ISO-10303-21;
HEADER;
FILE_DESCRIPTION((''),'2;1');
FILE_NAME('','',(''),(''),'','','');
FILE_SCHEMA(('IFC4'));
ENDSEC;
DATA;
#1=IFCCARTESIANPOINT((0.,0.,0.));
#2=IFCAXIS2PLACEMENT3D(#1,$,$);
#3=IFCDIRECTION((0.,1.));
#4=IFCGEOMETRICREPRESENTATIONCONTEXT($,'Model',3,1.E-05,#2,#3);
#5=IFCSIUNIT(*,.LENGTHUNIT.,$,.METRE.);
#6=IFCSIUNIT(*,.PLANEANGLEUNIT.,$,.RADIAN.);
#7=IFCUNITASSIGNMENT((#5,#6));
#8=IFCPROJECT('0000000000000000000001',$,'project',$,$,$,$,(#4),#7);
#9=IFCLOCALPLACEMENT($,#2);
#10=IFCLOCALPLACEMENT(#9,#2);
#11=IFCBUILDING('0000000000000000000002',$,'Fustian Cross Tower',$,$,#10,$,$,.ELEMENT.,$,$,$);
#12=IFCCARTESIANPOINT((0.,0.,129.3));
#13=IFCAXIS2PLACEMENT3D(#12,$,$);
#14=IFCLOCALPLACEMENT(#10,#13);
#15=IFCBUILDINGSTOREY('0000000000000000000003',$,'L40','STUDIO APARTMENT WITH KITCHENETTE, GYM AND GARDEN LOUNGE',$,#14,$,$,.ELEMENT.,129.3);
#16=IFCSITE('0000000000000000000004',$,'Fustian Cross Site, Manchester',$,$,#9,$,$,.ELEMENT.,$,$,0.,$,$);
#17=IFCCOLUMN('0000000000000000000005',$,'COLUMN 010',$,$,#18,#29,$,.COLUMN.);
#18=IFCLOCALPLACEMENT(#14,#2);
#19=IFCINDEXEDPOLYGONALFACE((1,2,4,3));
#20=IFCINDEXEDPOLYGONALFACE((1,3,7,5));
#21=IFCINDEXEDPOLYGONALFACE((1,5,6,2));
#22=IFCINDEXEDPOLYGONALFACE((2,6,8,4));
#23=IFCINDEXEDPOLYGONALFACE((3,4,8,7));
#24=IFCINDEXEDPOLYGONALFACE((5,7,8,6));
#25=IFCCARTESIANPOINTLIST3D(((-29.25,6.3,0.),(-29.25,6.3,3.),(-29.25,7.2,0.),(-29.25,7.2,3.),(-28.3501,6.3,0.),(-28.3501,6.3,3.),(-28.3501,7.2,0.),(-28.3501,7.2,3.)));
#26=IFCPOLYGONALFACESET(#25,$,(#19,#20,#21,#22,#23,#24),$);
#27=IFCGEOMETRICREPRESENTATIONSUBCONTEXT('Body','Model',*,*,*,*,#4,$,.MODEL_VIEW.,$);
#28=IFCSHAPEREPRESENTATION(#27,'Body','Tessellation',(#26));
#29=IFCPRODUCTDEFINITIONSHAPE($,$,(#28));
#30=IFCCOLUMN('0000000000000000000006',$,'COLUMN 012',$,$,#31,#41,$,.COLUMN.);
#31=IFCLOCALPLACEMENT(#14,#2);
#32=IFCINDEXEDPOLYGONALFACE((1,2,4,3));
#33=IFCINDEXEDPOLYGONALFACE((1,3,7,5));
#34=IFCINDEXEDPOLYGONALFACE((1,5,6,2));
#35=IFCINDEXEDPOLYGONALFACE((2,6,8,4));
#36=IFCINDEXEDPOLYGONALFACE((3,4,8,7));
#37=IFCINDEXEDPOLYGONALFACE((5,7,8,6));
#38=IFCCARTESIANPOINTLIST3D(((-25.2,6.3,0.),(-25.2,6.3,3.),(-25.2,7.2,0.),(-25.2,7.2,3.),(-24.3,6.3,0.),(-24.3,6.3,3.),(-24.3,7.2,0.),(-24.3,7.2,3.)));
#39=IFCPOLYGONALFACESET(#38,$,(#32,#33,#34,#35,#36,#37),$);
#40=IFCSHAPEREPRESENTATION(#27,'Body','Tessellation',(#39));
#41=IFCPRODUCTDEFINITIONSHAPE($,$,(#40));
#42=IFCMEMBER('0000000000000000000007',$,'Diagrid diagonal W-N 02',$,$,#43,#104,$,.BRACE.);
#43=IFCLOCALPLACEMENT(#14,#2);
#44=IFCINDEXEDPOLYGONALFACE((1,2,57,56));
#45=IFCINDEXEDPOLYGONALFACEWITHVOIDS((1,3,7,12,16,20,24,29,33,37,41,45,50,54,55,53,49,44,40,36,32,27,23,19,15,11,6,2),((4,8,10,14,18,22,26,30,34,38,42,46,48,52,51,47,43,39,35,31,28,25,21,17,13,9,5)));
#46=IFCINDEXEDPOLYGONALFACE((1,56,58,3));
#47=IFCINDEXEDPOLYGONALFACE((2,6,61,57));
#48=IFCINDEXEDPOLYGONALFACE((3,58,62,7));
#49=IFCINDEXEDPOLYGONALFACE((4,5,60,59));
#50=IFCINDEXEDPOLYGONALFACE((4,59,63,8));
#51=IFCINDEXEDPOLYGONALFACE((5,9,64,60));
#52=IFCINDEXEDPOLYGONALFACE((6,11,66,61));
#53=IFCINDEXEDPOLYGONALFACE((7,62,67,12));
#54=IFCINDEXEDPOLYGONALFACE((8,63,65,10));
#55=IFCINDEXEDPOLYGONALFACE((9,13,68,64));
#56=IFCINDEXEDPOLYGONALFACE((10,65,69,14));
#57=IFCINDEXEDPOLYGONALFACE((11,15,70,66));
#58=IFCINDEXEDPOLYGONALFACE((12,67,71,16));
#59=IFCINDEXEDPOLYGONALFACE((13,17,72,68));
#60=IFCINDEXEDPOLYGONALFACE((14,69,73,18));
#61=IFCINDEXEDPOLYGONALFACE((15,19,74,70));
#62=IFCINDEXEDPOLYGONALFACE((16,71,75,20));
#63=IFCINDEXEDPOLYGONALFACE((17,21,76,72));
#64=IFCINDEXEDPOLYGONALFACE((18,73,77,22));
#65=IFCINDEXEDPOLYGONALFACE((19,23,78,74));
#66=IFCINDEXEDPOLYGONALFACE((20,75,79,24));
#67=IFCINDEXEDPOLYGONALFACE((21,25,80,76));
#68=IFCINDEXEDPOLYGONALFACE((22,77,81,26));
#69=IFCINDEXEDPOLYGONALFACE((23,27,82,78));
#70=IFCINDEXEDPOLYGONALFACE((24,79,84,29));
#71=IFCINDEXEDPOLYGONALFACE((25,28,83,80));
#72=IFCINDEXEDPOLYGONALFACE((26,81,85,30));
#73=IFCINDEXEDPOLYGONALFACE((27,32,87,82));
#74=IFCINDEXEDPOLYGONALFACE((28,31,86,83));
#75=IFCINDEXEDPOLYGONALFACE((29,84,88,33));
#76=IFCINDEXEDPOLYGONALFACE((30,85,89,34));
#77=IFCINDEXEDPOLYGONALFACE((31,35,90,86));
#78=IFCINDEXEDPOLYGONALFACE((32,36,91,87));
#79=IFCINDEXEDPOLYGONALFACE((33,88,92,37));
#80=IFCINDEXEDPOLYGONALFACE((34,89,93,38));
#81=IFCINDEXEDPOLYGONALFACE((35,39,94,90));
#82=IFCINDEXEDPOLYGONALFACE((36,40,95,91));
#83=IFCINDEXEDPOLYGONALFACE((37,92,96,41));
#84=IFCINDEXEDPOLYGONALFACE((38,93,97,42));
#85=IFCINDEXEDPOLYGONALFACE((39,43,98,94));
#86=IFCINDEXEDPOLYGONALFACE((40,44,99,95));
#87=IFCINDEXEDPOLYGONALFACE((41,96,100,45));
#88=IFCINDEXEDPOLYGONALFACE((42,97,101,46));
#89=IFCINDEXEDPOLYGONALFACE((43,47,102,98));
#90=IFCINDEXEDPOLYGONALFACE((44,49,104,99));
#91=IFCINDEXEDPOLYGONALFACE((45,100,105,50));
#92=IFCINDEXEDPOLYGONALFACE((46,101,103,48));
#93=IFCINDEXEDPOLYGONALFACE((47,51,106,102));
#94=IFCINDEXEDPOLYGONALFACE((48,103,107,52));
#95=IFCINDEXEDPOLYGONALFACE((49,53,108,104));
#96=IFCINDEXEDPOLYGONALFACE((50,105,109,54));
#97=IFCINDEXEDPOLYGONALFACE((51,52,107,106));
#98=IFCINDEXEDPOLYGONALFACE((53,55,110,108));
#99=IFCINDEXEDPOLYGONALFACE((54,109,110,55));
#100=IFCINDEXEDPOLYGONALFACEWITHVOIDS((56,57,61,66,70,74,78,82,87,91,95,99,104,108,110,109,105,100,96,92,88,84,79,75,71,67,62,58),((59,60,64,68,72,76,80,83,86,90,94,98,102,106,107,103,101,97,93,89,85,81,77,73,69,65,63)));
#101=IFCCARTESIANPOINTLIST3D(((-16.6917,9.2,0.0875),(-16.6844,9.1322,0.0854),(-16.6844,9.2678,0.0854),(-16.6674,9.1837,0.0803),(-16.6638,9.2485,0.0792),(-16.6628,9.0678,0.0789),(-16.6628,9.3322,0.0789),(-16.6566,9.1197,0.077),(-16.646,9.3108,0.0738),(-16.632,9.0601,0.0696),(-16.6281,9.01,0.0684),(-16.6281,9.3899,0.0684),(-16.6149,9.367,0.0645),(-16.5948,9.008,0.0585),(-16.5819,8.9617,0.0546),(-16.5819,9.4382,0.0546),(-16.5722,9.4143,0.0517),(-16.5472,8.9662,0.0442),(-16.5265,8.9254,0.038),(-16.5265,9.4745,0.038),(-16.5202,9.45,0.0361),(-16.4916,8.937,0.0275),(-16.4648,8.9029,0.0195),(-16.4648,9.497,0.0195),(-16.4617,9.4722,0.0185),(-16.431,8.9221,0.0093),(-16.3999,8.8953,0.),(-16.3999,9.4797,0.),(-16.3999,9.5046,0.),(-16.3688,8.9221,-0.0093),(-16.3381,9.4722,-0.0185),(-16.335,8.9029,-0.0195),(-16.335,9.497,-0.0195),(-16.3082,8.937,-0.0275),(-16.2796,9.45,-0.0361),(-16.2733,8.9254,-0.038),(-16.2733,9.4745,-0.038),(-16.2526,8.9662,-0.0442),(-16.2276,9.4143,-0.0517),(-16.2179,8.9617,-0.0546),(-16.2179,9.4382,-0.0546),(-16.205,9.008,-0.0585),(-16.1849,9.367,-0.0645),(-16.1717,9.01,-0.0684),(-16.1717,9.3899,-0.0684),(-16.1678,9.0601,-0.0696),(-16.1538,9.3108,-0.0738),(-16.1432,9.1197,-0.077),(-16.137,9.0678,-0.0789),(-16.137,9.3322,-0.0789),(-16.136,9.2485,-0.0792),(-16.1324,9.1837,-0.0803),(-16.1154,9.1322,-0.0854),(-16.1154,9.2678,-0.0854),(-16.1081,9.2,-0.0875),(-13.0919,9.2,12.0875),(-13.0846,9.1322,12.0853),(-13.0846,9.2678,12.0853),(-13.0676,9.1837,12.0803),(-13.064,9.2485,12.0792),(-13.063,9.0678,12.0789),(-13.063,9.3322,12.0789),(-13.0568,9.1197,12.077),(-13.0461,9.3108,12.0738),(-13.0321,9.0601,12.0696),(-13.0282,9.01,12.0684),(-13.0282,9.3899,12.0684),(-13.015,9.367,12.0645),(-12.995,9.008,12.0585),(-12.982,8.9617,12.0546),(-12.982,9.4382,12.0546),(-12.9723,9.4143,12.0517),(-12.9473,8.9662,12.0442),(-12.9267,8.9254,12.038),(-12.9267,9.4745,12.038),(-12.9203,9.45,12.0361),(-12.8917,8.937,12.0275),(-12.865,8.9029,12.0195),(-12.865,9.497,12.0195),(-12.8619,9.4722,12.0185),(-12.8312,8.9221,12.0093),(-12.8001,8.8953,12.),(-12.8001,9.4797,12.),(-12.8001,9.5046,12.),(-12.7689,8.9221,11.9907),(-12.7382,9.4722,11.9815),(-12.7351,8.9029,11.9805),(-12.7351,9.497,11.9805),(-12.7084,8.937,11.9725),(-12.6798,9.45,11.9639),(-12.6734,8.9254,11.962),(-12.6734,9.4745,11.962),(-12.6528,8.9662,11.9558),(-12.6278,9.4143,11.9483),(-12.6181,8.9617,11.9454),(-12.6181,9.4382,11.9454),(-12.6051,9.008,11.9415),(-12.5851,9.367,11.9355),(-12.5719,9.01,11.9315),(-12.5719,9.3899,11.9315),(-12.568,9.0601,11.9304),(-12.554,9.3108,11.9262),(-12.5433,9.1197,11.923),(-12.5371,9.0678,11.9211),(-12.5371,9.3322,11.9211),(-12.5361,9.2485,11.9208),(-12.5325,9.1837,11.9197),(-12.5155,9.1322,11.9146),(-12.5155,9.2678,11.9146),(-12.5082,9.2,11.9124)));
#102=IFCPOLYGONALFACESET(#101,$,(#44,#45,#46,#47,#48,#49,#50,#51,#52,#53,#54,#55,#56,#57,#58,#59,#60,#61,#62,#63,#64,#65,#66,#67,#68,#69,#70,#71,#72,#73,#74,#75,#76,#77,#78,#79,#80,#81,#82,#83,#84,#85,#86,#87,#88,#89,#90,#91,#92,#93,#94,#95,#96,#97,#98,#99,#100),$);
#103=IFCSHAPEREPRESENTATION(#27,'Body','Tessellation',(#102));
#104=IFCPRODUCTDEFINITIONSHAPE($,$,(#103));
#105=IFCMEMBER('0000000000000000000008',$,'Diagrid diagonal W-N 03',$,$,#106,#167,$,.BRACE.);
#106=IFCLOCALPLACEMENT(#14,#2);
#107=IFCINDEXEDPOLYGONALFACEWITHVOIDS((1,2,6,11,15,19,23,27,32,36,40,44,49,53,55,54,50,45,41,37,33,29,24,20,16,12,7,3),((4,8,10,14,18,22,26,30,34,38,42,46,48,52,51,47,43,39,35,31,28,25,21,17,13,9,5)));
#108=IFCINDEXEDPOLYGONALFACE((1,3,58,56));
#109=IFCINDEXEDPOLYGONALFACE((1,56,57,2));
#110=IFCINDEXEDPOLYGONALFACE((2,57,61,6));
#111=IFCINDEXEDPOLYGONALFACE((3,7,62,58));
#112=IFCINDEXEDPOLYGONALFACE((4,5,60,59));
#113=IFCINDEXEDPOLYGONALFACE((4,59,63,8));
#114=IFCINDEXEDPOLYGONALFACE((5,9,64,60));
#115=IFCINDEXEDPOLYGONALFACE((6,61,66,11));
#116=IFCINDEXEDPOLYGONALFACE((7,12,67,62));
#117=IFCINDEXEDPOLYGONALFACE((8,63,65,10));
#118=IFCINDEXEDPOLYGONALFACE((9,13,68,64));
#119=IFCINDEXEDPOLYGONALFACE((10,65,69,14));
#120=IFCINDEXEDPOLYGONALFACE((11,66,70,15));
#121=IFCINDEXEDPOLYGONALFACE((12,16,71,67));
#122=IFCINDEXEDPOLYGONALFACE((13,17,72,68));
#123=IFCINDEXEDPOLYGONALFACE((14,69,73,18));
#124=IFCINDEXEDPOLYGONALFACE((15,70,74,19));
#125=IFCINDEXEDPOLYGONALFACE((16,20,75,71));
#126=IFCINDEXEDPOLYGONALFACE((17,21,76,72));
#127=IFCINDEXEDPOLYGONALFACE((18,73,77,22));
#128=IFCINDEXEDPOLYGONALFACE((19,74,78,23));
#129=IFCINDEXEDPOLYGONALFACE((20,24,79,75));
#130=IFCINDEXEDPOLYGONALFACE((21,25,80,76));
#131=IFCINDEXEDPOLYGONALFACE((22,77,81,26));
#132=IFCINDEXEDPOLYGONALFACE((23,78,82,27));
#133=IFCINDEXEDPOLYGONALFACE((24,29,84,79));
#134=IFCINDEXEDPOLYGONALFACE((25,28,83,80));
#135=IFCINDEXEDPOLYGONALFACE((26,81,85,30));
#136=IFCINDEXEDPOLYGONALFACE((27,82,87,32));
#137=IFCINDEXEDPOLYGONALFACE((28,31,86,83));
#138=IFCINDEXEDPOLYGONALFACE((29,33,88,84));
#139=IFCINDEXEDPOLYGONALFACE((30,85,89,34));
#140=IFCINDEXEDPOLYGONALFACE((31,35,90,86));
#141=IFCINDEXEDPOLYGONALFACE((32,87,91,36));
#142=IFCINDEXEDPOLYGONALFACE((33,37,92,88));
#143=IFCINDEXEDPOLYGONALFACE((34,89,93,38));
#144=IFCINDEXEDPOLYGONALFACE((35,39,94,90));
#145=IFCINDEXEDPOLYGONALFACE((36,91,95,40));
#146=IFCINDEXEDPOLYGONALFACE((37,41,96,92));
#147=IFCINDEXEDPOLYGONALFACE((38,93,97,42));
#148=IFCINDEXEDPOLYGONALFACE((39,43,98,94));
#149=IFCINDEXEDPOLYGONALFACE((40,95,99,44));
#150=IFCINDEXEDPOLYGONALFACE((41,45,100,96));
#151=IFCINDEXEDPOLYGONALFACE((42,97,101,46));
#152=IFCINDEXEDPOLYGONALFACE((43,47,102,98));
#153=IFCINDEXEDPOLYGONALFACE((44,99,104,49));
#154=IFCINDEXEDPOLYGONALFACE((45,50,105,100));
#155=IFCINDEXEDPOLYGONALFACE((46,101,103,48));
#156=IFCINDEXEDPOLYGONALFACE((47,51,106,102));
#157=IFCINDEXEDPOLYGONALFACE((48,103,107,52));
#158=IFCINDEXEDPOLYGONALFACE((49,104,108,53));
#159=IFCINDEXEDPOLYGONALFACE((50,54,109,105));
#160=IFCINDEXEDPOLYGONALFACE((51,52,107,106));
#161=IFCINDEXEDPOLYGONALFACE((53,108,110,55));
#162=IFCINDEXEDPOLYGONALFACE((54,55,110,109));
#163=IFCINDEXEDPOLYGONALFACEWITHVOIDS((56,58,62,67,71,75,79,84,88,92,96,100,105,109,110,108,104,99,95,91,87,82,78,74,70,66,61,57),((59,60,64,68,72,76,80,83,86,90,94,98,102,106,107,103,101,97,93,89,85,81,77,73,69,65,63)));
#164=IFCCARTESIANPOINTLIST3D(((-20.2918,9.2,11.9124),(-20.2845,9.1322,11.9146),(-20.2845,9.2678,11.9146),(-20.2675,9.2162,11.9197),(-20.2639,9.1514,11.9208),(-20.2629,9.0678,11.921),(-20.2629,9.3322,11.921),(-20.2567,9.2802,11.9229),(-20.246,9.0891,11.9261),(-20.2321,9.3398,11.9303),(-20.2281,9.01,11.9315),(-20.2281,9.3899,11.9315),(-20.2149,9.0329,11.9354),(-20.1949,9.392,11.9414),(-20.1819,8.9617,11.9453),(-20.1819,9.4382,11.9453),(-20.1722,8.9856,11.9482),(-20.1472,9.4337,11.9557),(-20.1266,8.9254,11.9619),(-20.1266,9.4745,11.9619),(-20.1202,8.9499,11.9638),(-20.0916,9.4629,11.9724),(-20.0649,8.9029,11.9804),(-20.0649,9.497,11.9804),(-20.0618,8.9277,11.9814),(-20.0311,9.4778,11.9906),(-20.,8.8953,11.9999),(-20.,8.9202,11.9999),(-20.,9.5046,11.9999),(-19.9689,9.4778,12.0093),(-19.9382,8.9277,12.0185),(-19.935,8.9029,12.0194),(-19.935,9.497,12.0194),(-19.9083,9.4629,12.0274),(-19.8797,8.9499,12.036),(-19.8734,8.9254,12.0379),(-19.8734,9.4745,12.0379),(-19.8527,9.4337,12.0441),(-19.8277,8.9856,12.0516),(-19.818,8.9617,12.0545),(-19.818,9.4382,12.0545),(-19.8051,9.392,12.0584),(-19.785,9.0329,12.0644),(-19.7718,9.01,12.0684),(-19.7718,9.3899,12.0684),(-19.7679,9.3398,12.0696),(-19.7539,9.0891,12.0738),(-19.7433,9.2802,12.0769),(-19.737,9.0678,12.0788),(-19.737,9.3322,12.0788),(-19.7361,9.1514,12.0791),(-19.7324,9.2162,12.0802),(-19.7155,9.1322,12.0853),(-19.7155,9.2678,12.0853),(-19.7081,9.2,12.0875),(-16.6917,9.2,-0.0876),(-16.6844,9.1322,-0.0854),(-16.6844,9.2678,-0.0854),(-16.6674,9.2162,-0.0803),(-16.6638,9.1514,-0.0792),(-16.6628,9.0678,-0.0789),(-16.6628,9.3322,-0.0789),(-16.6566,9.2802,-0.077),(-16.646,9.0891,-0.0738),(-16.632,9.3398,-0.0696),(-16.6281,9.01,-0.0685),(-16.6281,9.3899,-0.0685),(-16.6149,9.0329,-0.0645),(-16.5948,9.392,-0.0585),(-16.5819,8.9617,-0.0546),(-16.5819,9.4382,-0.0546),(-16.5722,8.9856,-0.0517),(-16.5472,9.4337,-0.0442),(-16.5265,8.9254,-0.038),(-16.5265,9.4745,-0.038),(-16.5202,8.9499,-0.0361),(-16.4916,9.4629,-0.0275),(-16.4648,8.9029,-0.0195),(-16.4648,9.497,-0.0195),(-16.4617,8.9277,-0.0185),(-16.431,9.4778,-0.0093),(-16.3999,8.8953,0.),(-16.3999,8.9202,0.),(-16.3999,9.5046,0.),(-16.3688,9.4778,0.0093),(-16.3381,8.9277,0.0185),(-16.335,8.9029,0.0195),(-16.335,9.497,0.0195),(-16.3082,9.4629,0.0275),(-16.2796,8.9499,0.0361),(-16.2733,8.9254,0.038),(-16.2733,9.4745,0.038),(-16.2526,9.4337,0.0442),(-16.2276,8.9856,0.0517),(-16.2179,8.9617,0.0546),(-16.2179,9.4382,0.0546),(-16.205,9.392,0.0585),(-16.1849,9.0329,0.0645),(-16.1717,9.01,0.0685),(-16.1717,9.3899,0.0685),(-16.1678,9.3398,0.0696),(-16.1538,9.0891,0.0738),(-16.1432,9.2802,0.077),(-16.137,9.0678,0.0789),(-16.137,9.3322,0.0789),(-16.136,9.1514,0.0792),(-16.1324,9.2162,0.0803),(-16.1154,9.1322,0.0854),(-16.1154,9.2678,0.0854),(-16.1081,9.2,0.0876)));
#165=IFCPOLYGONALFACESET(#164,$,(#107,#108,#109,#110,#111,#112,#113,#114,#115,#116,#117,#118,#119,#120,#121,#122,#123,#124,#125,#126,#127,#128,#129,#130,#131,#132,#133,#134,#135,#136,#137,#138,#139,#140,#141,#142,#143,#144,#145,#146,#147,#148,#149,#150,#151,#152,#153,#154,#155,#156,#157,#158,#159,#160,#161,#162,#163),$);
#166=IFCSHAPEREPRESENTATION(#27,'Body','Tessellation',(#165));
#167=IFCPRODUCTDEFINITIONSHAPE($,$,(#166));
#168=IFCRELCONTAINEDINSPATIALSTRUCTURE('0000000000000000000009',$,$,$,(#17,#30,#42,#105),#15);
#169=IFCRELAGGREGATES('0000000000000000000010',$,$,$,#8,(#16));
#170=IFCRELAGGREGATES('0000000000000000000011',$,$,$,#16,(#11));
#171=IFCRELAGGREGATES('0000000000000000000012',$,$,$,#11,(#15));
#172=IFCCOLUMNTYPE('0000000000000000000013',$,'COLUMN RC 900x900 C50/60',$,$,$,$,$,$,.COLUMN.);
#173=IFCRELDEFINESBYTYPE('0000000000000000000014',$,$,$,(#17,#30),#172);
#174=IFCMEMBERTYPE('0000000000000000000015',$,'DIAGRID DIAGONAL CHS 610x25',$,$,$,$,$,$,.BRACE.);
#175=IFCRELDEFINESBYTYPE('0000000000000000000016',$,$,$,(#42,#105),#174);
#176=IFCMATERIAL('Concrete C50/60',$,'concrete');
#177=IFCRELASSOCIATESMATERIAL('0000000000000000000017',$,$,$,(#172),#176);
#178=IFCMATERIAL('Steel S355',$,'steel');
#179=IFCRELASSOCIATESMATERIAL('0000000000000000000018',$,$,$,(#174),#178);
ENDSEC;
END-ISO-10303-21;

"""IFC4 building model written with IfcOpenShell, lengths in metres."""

from ifc_helpers import new_model, si_unit, direction, frame, origin, origin_2d, place, context, subcontext, project, spatial, rectangle, hollow_circle, extrude, material, material_profile, profile_set, type_object, element, save


model = new_model("IFC4")

# Units and contexts
model_context = context("Model", 3, precision=1e-05, world=origin(), true_north=direction((0.0, 1.0)))
body_context = subcontext(model_context, "Body", "Model", "MODEL_VIEW")
ifc_project = project(units=[si_unit("LENGTHUNIT", "METRE"), si_unit("PLANEANGLEUNIT", "RADIAN")], contexts=[model_context])

# Site, building, storey
site_placement = place(None, origin())
site = spatial("IfcSite", under=ifc_project, at=site_placement, Name="Fustian Cross Site, Manchester", CompositionType="ELEMENT", RefElevation=0.0)
building_placement = place(site_placement, origin())
building = spatial("IfcBuilding", under=site, at=building_placement, Name="Fustian Cross Tower", CompositionType="ELEMENT")
storey_placement = place(building_placement, frame((0.0, 0.0, 129.3)))
storey = spatial("IfcBuildingStorey", under=building, at=storey_placement, Name="L40", Description="STUDIO APARTMENT WITH KITCHENETTE, GYM AND GARDEN LOUNGE", CompositionType="ELEMENT", Elevation=129.3)

# Columns
ifc_material_1 = material(Name="Concrete C50/60", Category="concrete")
ifc_material_profile_1 = material_profile(ifc_material_1, rectangle(XDim=0.8999, YDim=0.8999, at=origin_2d()), Name="RC 900x900")
ifc_profile_set_1 = profile_set([ifc_material_profile_1], Name="Concrete C50/60")
column_type = type_object("IfcColumnType", Name="COLUMN RC 900x900 C50/60", PredefinedType="COLUMN", material=ifc_profile_set_1)
for number, where, z_axis, x_axis, name in (
    (1, (-28.8, 6.75, 0.0), (0.0, 0.0, 1.0), (1.0, 0.0, 0.0), "COLUMN 010"),
    (2, (-24.75, 6.75, 0.0), (0.0, 0.0, 1.0), (1.0, 0.0, 0.0), "COLUMN 012"),
):
    element("IfcColumn", number, at=place(storey_placement, frame(where, z_axis=z_axis, x_axis=x_axis)), inside=storey, type_object=column_type, Name=name, PredefinedType="COLUMN", context=body_context, shape_type="SweptSolid", body=[
        extrude(rectangle(XDim=0.8999, YDim=0.8999, at=origin_2d()), origin(), (0.0, 0.0, 1.0), 3.0),
    ])

# Members
ifc_material_2 = material(Name="Steel S355", Category="steel")
ifc_material_profile_2 = material_profile(ifc_material_2, hollow_circle(Radius=0.3047, WallThickness=0.0249, at=origin_2d()), Name="CHS 610x25")
ifc_profile_set_2 = profile_set([ifc_material_profile_2], Name="Steel S355")
member_type = type_object("IfcMemberType", Name="DIAGRID DIAGONAL CHS 610x25", PredefinedType="BRACE", material=ifc_profile_set_2)
for number, where, z_axis, x_axis, name in (
    (3, (-16.3999, 9.2, 0.0), (0.287337, 0.0, 0.95783), (0.0, 1.0, 0.0), "Diagrid diagonal W-N 02"),
    (4, (-16.3999, 9.2, 0.0), (-0.287355, 0.0, 0.957824), (0.0, -1.0, 0.0), "Diagrid diagonal W-N 03"),
):
    element("IfcMember", number, at=place(storey_placement, frame(where, z_axis=z_axis, x_axis=x_axis)), inside=storey, type_object=member_type, Name=name, PredefinedType="BRACE", context=body_context, shape_type="SweptSolid", body=[
        extrude(hollow_circle(Radius=0.3047, WallThickness=0.0249, at=origin_2d()), origin(), (0.0, 0.0, 1.0), 12.5283),
    ])

save(model, "model.ifc")
